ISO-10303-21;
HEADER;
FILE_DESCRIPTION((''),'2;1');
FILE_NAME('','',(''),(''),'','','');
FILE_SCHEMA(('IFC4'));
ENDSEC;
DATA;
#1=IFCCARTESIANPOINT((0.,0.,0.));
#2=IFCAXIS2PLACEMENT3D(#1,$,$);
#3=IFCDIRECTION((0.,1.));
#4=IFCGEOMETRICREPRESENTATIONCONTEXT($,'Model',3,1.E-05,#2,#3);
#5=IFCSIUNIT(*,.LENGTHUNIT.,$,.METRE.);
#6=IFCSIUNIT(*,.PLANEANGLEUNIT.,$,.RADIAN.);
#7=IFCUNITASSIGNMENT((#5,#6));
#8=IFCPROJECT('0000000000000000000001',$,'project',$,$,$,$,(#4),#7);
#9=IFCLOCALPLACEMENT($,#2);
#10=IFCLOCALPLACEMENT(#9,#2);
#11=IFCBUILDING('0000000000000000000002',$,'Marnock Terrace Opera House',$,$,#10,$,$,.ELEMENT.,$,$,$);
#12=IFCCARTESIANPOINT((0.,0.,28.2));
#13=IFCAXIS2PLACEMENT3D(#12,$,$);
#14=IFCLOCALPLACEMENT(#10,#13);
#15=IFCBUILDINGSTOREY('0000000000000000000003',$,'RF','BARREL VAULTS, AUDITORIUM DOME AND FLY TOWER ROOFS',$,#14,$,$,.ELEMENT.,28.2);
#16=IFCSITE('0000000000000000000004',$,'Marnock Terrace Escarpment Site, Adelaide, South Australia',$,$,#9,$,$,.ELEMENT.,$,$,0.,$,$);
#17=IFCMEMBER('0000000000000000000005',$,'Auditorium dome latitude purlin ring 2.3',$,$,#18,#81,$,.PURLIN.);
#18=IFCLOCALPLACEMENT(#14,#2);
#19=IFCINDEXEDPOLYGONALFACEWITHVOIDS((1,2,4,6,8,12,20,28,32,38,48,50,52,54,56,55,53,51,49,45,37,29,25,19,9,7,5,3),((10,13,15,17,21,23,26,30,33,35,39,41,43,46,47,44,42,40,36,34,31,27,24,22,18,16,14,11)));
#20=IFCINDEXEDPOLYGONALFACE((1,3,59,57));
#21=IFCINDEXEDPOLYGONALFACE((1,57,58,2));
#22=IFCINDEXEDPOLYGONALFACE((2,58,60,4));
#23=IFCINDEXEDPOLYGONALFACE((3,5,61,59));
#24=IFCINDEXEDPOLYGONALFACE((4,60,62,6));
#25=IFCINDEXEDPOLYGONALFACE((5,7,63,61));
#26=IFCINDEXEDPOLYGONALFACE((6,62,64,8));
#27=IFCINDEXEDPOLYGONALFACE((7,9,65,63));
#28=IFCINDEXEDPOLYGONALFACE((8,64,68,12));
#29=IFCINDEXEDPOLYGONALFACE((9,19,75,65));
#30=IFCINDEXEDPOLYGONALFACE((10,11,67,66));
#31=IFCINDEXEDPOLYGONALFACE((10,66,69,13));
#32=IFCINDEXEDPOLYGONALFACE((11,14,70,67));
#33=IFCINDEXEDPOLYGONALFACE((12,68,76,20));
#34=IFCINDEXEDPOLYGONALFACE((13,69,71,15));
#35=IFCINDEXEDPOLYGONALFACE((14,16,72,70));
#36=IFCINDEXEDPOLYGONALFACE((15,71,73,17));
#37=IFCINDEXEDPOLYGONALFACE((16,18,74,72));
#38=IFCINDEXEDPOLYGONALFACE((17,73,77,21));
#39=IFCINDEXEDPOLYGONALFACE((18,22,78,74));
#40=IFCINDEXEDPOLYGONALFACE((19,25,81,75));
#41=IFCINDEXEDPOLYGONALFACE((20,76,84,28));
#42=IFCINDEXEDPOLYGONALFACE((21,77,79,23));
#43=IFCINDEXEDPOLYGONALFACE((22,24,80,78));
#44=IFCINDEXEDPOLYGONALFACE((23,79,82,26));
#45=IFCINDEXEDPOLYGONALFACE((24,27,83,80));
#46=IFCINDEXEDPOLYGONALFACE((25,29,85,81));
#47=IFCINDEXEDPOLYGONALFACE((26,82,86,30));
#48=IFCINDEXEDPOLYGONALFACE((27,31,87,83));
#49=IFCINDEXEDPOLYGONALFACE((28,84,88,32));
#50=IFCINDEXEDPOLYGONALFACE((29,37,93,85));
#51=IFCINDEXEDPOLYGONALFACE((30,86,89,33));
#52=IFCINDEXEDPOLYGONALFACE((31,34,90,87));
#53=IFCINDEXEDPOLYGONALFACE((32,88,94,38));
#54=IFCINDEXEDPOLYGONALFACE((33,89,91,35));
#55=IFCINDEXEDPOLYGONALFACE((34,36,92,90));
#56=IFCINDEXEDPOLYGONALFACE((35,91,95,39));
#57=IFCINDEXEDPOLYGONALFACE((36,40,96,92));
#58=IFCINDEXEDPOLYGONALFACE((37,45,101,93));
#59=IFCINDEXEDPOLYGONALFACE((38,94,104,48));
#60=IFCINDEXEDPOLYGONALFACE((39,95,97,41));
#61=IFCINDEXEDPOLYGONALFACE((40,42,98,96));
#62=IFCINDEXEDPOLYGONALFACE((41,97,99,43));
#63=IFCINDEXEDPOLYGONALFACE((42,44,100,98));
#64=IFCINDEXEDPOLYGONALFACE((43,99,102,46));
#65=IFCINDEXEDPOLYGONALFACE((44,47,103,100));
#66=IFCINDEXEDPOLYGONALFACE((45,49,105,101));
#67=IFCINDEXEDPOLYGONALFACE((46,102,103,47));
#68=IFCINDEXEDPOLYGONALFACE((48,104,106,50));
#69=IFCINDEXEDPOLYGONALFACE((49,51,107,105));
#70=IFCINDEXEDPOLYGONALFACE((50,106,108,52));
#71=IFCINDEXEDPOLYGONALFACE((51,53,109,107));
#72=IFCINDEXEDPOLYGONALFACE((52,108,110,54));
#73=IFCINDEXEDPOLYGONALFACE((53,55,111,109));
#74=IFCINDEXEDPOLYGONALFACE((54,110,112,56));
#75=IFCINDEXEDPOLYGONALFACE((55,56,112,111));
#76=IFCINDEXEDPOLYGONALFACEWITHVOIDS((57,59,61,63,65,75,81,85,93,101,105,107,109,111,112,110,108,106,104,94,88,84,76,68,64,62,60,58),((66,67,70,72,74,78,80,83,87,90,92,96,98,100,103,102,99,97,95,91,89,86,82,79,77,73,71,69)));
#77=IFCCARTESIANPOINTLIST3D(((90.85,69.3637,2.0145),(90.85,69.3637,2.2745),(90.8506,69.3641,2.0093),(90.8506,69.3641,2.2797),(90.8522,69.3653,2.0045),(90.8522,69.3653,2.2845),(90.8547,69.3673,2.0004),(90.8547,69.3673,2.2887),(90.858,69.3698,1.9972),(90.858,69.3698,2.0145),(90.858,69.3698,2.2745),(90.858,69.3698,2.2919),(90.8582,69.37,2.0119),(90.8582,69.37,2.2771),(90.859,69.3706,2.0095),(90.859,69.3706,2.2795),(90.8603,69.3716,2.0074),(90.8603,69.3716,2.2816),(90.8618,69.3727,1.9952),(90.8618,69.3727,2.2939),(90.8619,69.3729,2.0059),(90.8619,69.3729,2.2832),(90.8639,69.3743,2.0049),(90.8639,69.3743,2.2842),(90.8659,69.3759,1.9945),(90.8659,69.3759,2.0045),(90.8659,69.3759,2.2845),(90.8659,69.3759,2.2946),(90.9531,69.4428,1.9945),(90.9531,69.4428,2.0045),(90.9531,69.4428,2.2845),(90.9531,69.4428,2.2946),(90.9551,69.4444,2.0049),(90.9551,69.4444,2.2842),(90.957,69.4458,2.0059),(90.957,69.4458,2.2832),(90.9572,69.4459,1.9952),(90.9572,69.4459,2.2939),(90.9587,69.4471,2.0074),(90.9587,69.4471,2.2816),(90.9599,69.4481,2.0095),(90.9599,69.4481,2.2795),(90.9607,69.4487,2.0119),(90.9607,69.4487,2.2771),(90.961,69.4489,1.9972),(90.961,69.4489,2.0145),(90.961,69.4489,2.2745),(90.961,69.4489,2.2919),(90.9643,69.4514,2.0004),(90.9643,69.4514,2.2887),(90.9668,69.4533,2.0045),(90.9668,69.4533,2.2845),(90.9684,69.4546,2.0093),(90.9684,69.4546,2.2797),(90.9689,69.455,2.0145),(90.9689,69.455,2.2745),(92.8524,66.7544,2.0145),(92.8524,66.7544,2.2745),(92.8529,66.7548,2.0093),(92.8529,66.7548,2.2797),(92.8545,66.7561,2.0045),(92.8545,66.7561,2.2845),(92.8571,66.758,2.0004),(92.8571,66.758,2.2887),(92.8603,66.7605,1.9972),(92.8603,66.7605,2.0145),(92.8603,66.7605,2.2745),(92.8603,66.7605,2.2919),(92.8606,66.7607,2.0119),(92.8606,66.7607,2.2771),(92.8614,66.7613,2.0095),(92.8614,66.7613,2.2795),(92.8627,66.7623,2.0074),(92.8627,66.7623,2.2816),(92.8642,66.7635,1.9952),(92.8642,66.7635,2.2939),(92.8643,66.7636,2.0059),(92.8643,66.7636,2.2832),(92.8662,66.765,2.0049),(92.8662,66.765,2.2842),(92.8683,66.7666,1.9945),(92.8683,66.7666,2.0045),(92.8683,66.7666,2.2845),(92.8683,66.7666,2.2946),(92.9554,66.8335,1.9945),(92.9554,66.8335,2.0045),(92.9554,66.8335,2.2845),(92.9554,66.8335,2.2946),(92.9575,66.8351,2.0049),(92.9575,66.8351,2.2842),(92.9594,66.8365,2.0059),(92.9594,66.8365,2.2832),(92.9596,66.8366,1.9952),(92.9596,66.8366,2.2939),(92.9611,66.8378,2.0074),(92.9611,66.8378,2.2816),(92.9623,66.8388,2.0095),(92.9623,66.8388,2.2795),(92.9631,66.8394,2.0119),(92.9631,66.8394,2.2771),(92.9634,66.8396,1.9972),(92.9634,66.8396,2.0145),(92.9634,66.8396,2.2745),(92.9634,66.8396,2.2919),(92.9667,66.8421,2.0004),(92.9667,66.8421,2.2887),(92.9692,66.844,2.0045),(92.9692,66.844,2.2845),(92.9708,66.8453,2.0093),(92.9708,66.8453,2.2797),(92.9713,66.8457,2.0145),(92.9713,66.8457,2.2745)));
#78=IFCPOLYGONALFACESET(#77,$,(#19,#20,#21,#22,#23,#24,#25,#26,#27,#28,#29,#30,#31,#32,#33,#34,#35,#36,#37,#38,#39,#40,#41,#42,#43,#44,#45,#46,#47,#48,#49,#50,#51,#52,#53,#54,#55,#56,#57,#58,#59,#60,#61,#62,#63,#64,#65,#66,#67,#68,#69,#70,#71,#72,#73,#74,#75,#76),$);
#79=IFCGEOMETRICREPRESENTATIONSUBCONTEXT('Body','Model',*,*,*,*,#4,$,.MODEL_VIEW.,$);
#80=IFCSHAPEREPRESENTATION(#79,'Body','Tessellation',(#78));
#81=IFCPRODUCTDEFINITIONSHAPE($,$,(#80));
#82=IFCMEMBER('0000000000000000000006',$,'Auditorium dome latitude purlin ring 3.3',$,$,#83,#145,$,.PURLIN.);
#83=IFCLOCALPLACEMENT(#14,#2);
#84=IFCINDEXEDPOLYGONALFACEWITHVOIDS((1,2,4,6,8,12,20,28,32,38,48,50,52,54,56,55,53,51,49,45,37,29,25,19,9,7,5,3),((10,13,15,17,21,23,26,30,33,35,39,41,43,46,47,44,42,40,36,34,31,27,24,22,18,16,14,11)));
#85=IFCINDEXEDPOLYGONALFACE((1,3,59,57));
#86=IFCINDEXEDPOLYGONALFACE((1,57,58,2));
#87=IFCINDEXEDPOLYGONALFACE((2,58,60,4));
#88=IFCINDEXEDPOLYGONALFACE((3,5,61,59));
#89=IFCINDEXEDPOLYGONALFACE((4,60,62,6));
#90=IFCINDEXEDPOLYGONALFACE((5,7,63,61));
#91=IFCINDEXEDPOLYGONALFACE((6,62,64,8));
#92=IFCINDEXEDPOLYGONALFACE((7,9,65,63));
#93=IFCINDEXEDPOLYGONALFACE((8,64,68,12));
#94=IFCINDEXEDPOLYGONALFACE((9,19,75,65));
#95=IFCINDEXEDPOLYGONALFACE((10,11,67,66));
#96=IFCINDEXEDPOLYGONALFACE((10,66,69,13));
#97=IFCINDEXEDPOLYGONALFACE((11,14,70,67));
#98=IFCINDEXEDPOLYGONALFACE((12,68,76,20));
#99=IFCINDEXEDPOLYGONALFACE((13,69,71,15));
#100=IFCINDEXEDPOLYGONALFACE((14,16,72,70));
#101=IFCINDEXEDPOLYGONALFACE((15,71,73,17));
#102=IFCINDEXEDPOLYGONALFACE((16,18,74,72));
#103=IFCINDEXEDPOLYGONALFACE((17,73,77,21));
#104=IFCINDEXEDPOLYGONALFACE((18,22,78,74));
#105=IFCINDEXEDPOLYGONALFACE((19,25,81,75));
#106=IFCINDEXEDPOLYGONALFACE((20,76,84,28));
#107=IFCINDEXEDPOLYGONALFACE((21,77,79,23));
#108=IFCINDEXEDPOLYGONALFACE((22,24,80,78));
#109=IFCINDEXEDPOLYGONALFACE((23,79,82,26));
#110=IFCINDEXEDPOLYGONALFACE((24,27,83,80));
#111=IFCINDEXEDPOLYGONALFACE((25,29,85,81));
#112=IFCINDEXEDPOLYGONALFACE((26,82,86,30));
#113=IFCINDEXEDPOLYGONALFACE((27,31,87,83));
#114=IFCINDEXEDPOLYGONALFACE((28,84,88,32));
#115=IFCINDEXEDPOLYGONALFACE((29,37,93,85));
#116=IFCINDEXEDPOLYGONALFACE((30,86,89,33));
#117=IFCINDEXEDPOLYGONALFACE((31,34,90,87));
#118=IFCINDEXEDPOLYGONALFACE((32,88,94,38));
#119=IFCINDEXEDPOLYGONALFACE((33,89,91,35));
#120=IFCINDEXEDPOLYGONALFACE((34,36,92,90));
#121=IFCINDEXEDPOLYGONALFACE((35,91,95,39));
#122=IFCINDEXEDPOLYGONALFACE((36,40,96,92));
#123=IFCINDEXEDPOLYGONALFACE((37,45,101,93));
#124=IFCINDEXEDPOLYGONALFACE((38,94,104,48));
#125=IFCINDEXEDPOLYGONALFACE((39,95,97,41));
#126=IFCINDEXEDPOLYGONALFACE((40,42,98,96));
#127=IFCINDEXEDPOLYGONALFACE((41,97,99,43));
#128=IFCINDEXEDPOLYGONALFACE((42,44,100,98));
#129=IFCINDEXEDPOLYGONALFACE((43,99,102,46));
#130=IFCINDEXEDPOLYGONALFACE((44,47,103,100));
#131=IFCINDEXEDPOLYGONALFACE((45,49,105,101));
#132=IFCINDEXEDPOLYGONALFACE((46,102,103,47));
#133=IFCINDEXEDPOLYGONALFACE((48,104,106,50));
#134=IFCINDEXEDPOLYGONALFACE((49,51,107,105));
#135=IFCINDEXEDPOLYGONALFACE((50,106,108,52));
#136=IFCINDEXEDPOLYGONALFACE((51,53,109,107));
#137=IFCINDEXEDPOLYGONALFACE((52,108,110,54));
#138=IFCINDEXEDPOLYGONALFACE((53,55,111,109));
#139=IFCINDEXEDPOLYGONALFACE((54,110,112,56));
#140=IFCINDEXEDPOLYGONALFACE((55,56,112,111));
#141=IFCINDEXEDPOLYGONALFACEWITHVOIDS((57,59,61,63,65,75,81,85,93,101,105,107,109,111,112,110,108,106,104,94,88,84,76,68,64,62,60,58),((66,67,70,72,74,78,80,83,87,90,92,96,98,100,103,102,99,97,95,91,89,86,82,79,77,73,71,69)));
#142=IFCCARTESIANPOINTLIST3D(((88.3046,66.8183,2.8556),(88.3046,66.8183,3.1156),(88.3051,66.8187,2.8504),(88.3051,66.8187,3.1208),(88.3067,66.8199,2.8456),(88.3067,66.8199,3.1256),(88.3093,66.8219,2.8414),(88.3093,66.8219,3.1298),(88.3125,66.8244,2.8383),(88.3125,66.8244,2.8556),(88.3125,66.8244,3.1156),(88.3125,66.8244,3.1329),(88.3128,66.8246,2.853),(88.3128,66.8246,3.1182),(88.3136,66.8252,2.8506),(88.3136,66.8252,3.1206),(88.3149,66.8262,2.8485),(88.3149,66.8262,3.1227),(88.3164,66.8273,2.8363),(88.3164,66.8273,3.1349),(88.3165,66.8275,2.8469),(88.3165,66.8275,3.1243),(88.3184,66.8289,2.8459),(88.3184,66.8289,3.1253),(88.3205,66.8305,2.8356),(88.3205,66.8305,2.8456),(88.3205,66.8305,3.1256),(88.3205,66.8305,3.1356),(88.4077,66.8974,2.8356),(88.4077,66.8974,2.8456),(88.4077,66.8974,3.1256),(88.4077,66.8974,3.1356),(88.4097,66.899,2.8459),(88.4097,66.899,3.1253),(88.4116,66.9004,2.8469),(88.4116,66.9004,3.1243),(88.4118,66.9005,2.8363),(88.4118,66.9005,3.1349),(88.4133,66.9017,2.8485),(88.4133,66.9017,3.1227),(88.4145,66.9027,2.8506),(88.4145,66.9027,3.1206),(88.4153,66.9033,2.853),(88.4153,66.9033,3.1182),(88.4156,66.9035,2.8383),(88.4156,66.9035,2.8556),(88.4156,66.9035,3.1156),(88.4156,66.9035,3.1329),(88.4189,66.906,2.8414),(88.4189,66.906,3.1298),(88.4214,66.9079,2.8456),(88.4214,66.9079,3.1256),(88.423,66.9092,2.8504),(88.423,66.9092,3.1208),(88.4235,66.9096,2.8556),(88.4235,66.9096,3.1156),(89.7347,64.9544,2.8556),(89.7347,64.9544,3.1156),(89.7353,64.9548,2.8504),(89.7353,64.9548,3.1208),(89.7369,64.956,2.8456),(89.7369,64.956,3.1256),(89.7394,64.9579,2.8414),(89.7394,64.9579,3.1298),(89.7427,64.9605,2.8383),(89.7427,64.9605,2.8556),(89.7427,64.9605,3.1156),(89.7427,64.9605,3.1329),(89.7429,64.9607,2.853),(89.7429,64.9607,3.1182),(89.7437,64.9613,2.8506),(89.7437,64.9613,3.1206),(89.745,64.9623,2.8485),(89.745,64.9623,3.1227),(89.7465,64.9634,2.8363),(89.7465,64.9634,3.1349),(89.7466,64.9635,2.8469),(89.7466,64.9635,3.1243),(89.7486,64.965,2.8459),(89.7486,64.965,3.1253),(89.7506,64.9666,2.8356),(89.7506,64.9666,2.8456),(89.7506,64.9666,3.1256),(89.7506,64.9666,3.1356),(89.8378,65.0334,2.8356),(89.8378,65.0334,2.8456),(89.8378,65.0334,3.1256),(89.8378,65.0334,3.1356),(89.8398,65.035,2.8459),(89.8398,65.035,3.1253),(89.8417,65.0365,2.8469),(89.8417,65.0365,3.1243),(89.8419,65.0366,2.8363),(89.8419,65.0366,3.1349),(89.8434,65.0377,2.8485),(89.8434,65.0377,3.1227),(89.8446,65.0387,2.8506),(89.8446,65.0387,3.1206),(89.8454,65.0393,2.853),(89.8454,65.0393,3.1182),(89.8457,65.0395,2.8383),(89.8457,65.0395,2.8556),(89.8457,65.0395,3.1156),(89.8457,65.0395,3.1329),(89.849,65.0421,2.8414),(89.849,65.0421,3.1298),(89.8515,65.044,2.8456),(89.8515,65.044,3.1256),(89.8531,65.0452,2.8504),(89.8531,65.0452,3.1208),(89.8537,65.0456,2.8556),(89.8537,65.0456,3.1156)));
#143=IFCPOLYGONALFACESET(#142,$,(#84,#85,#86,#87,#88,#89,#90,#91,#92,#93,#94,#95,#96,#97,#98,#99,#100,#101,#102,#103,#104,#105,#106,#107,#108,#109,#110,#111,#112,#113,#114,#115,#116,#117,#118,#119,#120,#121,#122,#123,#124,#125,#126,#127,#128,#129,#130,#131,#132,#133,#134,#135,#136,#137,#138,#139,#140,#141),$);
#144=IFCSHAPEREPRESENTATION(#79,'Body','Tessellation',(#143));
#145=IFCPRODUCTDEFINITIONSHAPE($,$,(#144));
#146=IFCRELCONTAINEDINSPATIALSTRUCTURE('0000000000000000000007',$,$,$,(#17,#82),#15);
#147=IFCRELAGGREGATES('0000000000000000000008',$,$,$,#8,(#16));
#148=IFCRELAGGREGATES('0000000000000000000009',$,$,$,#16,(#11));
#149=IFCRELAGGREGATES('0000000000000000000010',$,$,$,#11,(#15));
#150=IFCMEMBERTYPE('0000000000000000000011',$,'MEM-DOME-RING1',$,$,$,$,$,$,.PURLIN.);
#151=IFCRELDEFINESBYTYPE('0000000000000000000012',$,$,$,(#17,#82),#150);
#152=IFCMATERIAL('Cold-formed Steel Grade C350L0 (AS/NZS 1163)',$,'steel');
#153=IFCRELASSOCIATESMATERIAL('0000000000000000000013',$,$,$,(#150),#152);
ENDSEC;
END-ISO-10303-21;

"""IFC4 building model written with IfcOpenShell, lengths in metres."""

from ifc_helpers import new_model, si_unit, direction, frame, origin, origin_2d, place, context, subcontext, project, spatial, hollow_rectangle, extrude, material, material_profile, profile_set, type_object, element, save


model = new_model("IFC4")

# Units and contexts
model_context = context("Model", 3, precision=1e-05, world=origin(), true_north=direction((0.0, 1.0)))
body_context = subcontext(model_context, "Body", "Model", "MODEL_VIEW")
ifc_project = project(units=[si_unit("LENGTHUNIT", "METRE"), si_unit("PLANEANGLEUNIT", "RADIAN")], contexts=[model_context])

# Site, building, storey
site_placement = place(None, origin())
site = spatial("IfcSite", under=ifc_project, at=site_placement, Name="Marnock Terrace Escarpment Site, Adelaide, South Australia", CompositionType="ELEMENT", RefElevation=0.0)
building_placement = place(site_placement, origin())
building = spatial("IfcBuilding", under=site, at=building_placement, Name="Marnock Terrace Opera House", CompositionType="ELEMENT")
storey_placement = place(building_placement, frame((0.0, 0.0, 28.2)))
storey = spatial("IfcBuildingStorey", under=building, at=storey_placement, Name="RF", Description="BARREL VAULTS, AUDITORIUM DOME AND FLY TOWER ROOFS", CompositionType="ELEMENT", Elevation=28.2)

# Members
ifc_material_1 = material(Name="Cold-formed Steel Grade C350L0 (AS/NZS 1163)", Category="steel")
ifc_material_profile_1 = material_profile(ifc_material_1, hollow_rectangle(XDim=0.1499, YDim=0.3, WallThickness=0.01, InnerFilletRadius=0.01, OuterFilletRadius=0.02, at=origin_2d()))
ifc_profile_set_1 = profile_set([ifc_material_profile_1], Name="Cold-formed Steel Grade C350L0 (AS/NZS 1163)")
member_type_1 = type_object("IfcMemberType", Name="MEM-DOME-RING1", PredefinedType="PURLIN", material=ifc_profile_set_1)
member_1_placement = place(storey_placement, frame((92.9119, 66.8, 2.1445), z_axis=(-0.608799, 0.793324, 0.0), x_axis=(-0.793324, -0.608799, 0.0)))
element("IfcMember", 1, at=member_1_placement, inside=storey, type_object=member_type_1, Name="Auditorium dome latitude purlin ring 2.3", PredefinedType="PURLIN", context=body_context, shape_type="SweptSolid", body=[
    extrude(hollow_rectangle(XDim=0.1499, YDim=0.3, WallThickness=0.01, InnerFilletRadius=0.01, OuterFilletRadius=0.02, at=origin_2d()), origin(), (0.0, 0.0, 1.0), 3.2891),
])
member_2_placement = place(storey_placement, frame((89.7942, 65.0, 2.9856), z_axis=(-0.608726, 0.793381, 0.0), x_axis=(-0.793381, -0.608726, 0.0)))
element("IfcMember", 2, at=member_2_placement, inside=storey, type_object=member_type_1, Name="Auditorium dome latitude purlin ring 3.3", PredefinedType="PURLIN", context=body_context, shape_type="SweptSolid", body=[
    extrude(hollow_rectangle(XDim=0.1499, YDim=0.3, WallThickness=0.01, InnerFilletRadius=0.01, OuterFilletRadius=0.02, at=origin_2d()), origin(), (0.0, 0.0, 1.0), 2.3494),
])

save(model, "model.ifc")
